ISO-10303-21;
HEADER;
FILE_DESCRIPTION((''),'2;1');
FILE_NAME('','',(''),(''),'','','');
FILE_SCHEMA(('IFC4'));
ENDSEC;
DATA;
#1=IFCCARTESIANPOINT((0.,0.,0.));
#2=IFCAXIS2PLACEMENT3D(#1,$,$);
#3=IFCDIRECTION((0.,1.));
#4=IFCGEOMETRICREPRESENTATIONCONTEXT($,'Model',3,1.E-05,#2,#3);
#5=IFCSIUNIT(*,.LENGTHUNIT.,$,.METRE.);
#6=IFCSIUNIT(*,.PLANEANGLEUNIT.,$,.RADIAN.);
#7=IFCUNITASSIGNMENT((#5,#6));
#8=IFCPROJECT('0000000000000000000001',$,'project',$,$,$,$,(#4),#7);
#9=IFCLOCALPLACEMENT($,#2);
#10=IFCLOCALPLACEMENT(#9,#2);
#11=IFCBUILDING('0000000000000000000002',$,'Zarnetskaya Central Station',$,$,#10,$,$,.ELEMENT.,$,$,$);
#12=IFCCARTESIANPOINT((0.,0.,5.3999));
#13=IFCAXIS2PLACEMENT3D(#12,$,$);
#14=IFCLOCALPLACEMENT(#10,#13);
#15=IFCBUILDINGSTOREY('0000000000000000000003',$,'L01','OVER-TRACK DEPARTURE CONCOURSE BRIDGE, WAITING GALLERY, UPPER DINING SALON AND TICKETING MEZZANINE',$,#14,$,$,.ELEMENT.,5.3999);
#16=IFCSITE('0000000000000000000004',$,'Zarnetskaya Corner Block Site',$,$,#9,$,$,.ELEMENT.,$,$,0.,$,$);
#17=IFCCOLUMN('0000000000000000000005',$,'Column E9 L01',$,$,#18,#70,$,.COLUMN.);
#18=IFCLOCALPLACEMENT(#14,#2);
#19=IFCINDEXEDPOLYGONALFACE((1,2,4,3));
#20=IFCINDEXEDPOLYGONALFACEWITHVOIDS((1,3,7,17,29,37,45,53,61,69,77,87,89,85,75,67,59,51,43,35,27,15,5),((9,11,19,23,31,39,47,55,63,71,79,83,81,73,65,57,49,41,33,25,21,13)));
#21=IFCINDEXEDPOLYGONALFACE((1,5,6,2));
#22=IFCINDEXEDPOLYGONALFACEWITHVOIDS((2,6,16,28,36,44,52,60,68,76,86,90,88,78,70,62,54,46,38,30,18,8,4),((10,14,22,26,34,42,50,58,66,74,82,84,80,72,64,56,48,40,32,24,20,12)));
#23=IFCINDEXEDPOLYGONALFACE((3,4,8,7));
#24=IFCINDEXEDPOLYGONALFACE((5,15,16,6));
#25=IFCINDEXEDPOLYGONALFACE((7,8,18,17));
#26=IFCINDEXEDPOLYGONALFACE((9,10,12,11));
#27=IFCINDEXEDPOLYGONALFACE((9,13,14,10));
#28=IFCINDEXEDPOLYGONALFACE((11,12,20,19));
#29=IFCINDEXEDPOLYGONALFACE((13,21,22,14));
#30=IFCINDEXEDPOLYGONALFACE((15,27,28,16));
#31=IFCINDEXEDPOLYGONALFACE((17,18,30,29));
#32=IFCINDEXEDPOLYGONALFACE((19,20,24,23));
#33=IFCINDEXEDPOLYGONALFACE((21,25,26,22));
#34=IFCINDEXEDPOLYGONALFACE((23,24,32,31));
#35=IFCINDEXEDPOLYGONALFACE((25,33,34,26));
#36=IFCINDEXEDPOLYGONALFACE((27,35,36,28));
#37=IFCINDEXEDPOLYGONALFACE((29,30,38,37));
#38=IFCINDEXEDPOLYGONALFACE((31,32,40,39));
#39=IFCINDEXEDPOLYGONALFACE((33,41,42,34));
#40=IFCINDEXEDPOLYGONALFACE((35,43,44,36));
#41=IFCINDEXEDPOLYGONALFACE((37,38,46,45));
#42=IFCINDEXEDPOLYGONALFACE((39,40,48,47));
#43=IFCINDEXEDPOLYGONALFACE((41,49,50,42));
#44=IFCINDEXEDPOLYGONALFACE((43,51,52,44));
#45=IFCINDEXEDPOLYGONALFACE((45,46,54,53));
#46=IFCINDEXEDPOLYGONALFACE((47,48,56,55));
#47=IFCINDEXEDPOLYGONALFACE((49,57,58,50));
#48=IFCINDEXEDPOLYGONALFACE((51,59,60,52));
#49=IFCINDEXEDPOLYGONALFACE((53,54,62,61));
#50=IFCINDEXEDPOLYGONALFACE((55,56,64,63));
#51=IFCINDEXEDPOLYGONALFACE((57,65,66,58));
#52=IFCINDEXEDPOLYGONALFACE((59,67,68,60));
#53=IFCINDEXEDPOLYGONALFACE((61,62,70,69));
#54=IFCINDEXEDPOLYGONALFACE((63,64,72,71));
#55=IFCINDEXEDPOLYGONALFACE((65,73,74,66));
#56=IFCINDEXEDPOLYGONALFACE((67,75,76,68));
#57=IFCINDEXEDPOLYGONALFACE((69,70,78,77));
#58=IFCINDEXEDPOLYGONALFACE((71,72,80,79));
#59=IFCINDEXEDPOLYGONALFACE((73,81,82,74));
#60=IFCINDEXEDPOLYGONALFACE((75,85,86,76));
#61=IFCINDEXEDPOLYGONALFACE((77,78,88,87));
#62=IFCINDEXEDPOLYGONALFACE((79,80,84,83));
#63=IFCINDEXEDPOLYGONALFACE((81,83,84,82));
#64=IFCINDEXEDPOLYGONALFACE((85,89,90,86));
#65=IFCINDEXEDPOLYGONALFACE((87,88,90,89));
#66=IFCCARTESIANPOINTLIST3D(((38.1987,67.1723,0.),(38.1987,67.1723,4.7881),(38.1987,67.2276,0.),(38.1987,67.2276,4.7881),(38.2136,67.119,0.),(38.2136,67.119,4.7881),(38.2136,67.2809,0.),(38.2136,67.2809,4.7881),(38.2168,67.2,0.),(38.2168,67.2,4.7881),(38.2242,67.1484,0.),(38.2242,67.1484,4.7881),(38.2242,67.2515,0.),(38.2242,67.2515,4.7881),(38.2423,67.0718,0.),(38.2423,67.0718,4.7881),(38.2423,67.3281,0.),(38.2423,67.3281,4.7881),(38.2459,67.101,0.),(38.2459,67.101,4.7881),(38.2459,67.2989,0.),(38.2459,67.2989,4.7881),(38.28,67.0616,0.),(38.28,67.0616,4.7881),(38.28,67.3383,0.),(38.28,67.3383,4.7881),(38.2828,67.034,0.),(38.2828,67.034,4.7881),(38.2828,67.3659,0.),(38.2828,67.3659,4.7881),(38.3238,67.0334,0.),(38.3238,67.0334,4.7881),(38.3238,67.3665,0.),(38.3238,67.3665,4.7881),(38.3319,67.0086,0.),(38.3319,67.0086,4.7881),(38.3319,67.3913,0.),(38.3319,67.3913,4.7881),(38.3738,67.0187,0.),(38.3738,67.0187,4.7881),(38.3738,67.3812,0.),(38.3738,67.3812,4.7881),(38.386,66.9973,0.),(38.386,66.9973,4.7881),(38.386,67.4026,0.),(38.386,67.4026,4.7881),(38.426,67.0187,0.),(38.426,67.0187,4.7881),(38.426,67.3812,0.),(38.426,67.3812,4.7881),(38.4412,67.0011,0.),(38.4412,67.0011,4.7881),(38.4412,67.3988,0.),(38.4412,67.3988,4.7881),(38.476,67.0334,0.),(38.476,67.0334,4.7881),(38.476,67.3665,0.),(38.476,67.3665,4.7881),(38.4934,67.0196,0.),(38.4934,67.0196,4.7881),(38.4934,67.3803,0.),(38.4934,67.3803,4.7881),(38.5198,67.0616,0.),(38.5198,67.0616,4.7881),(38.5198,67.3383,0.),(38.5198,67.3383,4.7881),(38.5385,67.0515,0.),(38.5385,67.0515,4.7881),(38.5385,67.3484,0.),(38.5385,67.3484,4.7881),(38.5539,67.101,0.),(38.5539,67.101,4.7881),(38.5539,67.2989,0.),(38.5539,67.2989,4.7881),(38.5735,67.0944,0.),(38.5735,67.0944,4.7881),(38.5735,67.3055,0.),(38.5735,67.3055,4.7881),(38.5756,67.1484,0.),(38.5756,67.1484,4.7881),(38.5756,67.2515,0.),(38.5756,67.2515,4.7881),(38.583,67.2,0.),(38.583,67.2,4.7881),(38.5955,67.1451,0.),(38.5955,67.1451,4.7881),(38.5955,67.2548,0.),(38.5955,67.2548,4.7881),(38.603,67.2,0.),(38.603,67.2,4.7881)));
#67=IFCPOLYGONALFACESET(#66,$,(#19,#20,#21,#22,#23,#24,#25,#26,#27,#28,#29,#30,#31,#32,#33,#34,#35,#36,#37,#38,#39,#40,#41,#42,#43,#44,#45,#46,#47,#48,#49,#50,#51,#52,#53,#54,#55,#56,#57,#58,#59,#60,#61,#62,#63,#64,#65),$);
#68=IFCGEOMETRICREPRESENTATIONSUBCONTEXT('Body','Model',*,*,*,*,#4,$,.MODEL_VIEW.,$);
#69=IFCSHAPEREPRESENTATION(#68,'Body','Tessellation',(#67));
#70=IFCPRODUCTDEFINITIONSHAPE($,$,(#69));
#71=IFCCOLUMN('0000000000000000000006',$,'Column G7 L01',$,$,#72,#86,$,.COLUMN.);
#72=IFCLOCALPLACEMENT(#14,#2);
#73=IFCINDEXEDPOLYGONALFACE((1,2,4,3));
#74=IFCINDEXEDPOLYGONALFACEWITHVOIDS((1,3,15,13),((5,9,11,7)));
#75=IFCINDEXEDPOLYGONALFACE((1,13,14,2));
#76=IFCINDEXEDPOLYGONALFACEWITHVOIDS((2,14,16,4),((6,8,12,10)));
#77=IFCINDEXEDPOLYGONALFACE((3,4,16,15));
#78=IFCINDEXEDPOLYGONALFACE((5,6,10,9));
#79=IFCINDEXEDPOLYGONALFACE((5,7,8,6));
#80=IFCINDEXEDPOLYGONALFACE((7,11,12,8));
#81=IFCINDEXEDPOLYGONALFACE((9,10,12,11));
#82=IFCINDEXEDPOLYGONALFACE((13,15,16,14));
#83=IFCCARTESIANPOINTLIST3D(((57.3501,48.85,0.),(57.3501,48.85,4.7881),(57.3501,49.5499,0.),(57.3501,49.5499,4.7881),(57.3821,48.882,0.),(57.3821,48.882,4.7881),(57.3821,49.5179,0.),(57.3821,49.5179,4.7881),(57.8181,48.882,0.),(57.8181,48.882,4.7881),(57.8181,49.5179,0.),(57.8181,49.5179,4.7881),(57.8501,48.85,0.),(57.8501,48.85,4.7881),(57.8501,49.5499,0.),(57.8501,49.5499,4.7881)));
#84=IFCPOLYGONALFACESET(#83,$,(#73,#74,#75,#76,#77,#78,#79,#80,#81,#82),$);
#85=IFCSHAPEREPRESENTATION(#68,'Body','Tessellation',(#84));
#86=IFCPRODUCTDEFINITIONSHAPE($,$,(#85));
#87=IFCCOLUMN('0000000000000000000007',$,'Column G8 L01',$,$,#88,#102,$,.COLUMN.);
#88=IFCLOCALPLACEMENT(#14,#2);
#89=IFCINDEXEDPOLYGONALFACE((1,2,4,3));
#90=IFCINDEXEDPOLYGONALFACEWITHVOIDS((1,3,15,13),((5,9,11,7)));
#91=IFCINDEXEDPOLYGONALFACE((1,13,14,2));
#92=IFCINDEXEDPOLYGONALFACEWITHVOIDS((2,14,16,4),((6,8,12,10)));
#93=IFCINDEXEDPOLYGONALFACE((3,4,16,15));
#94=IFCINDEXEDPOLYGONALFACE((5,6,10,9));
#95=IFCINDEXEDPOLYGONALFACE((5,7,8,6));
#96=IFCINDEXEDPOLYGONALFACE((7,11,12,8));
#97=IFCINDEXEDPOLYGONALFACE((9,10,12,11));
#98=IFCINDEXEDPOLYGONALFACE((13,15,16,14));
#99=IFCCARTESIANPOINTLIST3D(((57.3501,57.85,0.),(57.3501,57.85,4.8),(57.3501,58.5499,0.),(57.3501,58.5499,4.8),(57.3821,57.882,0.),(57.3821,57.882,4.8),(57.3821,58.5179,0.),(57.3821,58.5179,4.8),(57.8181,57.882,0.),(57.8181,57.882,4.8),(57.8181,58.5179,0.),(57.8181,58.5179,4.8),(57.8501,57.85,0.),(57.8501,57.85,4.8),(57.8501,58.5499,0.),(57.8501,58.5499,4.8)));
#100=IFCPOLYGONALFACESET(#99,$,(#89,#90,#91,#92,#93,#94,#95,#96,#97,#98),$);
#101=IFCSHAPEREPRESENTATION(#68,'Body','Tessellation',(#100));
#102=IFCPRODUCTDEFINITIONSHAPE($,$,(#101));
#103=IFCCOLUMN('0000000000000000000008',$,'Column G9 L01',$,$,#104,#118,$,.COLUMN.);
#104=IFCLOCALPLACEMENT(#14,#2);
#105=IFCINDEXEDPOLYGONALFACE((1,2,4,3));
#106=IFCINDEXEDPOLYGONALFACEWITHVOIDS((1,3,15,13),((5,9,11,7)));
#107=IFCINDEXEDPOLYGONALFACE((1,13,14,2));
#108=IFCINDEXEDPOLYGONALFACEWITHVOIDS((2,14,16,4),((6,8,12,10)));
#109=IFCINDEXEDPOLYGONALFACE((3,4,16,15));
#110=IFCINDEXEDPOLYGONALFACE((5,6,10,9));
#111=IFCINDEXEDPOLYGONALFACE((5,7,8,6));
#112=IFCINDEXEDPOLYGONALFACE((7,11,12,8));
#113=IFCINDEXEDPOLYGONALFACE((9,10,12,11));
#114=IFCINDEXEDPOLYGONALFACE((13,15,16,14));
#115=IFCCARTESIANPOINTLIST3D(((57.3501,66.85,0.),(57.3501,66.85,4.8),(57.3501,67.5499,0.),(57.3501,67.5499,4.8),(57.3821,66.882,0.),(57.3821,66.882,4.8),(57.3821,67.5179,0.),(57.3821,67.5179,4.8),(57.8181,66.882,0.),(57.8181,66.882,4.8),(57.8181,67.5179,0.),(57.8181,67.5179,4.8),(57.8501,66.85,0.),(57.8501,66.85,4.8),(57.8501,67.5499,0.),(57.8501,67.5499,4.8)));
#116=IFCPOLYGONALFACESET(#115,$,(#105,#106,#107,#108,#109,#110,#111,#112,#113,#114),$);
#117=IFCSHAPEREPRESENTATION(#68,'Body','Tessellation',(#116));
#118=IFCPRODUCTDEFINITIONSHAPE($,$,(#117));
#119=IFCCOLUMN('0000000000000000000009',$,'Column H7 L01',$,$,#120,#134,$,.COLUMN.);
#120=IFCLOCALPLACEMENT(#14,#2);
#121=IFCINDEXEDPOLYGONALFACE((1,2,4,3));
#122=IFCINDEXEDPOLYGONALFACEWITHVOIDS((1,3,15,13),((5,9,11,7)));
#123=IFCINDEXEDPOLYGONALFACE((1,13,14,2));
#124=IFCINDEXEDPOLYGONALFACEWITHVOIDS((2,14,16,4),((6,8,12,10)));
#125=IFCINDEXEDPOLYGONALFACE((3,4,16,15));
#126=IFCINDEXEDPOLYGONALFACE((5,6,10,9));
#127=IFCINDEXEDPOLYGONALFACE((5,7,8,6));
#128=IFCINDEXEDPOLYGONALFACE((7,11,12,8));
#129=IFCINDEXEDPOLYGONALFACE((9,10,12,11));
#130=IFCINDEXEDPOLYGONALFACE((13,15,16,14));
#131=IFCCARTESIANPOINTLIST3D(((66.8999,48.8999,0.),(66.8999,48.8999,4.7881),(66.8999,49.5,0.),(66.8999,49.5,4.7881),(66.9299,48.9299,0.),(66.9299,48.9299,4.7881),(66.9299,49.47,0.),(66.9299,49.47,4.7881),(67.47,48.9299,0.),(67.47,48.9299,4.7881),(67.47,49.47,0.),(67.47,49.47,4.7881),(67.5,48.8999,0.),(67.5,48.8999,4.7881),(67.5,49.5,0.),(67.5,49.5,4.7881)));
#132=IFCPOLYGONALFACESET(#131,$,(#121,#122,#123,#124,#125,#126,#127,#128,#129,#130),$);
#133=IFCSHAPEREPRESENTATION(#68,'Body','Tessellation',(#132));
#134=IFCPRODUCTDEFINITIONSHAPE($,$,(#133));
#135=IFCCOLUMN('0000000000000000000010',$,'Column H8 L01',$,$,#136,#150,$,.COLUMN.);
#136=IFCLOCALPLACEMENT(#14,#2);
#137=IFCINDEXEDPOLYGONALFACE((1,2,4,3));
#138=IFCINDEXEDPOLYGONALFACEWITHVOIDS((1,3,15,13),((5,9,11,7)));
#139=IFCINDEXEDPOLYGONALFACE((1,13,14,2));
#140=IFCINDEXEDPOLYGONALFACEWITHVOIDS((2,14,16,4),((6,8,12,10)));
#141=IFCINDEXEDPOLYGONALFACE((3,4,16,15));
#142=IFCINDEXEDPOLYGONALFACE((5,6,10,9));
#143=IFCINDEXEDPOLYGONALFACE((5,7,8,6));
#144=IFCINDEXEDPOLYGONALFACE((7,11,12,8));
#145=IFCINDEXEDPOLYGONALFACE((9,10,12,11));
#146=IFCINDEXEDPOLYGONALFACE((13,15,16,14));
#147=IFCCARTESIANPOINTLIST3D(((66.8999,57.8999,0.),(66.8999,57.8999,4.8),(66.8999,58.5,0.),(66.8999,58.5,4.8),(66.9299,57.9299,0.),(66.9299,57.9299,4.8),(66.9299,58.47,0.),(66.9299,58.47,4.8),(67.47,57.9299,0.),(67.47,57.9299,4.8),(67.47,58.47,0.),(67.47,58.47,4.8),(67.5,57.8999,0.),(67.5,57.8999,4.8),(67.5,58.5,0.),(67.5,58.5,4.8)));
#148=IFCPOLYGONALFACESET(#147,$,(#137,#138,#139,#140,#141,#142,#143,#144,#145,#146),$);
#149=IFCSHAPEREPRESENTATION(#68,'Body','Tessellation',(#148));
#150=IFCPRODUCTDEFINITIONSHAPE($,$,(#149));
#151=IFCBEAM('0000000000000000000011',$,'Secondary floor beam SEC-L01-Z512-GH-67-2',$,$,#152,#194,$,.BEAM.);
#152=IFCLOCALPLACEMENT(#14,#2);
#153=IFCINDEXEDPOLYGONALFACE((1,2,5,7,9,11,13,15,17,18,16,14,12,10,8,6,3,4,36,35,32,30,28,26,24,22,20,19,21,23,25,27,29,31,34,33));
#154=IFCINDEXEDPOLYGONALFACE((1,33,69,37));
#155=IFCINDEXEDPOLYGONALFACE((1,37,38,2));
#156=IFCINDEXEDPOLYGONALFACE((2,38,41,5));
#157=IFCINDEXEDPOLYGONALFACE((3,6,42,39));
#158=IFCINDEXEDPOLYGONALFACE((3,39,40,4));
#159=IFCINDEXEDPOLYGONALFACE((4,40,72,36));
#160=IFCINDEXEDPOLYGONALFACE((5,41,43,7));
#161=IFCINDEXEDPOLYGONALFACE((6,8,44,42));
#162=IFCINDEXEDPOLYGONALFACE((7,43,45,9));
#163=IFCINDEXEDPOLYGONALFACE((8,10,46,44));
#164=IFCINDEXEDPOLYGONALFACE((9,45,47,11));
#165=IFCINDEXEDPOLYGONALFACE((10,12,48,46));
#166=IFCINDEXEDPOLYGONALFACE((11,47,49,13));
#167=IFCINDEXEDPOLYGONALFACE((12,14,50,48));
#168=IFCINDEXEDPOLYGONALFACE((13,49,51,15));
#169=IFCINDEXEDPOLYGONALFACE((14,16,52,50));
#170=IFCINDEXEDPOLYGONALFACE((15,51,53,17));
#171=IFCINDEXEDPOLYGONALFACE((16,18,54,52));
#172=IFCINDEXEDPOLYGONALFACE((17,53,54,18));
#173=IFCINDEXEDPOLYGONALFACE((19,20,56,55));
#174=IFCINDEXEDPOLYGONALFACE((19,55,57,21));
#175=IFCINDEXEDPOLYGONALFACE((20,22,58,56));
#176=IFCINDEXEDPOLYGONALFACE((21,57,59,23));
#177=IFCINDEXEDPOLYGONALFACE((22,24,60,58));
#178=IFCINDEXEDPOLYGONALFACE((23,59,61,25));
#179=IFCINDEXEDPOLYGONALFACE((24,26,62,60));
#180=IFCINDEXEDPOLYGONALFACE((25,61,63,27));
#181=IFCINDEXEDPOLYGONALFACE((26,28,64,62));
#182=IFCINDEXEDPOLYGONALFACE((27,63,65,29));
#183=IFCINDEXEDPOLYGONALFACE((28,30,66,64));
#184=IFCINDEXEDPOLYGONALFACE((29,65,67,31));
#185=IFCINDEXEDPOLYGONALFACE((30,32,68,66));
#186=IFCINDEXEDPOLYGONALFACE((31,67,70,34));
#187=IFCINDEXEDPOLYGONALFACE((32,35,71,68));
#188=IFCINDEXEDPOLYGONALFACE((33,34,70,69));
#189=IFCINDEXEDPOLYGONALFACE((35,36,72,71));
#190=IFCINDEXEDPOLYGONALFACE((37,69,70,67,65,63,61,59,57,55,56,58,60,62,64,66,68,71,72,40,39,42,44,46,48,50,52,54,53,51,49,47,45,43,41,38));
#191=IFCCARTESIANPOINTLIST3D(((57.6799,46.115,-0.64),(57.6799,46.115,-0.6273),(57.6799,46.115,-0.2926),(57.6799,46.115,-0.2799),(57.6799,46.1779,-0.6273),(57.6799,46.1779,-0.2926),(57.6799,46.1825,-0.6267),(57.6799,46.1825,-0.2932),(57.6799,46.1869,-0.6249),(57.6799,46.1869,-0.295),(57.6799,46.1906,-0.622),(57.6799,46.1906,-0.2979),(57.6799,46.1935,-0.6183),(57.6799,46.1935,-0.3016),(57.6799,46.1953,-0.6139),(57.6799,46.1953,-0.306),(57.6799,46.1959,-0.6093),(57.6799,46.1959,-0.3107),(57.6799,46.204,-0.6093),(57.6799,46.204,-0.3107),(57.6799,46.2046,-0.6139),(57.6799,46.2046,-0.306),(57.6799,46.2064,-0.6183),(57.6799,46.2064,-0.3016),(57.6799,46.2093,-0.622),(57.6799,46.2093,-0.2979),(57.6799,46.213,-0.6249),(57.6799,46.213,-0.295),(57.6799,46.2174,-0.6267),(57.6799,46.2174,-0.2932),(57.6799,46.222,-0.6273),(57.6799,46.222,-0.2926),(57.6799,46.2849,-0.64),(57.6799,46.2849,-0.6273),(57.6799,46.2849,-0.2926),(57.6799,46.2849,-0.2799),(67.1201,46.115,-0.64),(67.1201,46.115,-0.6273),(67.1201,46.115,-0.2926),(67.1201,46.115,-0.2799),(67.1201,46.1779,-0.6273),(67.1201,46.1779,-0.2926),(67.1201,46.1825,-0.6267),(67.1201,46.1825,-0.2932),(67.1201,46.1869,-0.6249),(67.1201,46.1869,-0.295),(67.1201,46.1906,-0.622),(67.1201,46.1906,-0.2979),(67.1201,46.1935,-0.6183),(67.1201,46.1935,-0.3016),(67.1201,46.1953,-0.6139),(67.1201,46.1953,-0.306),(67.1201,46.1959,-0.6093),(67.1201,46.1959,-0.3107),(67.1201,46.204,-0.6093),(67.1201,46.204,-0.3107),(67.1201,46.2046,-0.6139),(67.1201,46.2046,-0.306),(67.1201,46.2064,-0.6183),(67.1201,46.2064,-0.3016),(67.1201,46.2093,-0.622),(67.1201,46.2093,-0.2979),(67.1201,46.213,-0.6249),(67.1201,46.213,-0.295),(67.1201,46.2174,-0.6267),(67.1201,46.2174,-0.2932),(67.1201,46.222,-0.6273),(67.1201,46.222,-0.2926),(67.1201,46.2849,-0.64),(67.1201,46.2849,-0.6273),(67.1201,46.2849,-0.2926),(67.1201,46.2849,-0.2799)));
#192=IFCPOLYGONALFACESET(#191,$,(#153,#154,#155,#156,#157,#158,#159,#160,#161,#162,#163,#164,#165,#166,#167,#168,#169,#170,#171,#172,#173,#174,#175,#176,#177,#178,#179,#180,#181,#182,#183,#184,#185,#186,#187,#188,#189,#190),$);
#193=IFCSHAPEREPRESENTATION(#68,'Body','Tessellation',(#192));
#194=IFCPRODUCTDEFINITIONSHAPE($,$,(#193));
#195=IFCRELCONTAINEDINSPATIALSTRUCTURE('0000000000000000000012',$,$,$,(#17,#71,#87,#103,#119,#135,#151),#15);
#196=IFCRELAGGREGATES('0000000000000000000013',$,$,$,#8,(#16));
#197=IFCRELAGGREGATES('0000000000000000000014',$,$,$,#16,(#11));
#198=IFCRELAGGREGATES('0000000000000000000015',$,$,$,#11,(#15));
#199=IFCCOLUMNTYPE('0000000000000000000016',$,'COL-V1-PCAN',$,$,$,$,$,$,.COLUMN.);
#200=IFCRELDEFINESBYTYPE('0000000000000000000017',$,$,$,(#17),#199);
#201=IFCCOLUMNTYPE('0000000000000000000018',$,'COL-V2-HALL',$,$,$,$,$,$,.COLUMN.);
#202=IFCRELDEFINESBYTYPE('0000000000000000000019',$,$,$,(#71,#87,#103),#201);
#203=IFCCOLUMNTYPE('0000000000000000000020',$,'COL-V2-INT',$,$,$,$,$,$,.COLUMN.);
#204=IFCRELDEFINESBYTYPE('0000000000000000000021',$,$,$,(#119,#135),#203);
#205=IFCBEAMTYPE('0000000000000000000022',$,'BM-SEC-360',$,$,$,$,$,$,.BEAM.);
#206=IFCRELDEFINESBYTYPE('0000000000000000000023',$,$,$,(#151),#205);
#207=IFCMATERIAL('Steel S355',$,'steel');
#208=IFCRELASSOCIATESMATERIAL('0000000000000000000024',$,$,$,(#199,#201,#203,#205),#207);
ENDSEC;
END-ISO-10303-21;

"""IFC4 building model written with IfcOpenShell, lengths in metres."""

from ifc_helpers import new_model, si_unit, direction, frame, origin, origin_2d, place, context, subcontext, project, spatial, hollow_rectangle, hollow_circle, i_section, extrude, material, material_profile, profile_set, type_object, element, save


model = new_model("IFC4")

# Units and contexts
model_context = context("Model", 3, precision=1e-05, world=origin(), true_north=direction((0.0, 1.0)))
body_context = subcontext(model_context, "Body", "Model", "MODEL_VIEW")
ifc_project = project(units=[si_unit("LENGTHUNIT", "METRE"), si_unit("PLANEANGLEUNIT", "RADIAN")], contexts=[model_context])

# Site, building, storey
site_placement = place(None, origin())
site = spatial("IfcSite", under=ifc_project, at=site_placement, Name="Zarnetskaya Corner Block Site", CompositionType="ELEMENT", RefElevation=0.0)
building_placement = place(site_placement, origin())
building = spatial("IfcBuilding", under=site, at=building_placement, Name="Zarnetskaya Central Station", CompositionType="ELEMENT")
storey_placement = place(building_placement, frame((0.0, 0.0, 5.3999)))
storey = spatial("IfcBuildingStorey", under=building, at=storey_placement, Name="L01", Description="OVER-TRACK DEPARTURE CONCOURSE BRIDGE, WAITING GALLERY, UPPER DINING SALON AND TICKETING MEZZANINE", CompositionType="ELEMENT", Elevation=5.3999)

# Columns
ifc_material_1 = material(Name="Steel S355", Category="steel")
ifc_material_profile_1 = material_profile(ifc_material_1, hollow_circle(Radius=0.2031, WallThickness=0.02, at=origin_2d()), Name="CHS 406.4x20")
ifc_profile_set_1 = profile_set([ifc_material_profile_1], Name="Steel S355")
column_type_1 = type_object("IfcColumnType", Name="COL-V1-PCAN", PredefinedType="COLUMN", material=ifc_profile_set_1)
column_1_placement = place(storey_placement, frame((38.3999, 67.2, 0.0), z_axis=(0.0, 0.0, 1.0), x_axis=(1.0, 0.0, 0.0)))
element("IfcColumn", 1, at=column_1_placement, inside=storey, type_object=column_type_1, Name="Column E9 L01", PredefinedType="COLUMN", context=body_context, shape_type="SweptSolid", body=[
    extrude(hollow_circle(Radius=0.2031, WallThickness=0.02, at=origin_2d()), origin(), (0.0, 0.0, 1.0), 4.7881),
])
ifc_material_profile_2 = material_profile(ifc_material_1, hollow_rectangle(XDim=0.5, YDim=0.7, WallThickness=0.032, at=origin_2d()), Name="BOX 700x500x32")
ifc_profile_set_2 = profile_set([ifc_material_profile_2], Name="Steel S355")
column_type_2 = type_object("IfcColumnType", Name="COL-V2-HALL", PredefinedType="COLUMN", material=ifc_profile_set_2)
column_2_placement = place(storey_placement, frame((57.6001, 49.2, 0.0), z_axis=(0.0, 0.0, 1.0), x_axis=(1.0, 0.0, 0.0)))
element("IfcColumn", 2, at=column_2_placement, inside=storey, type_object=column_type_2, Name="Column G7 L01", PredefinedType="COLUMN", context=body_context, shape_type="SweptSolid", body=[
    extrude(hollow_rectangle(XDim=0.5, YDim=0.7, WallThickness=0.032, at=origin_2d()), origin(), (0.0, 0.0, 1.0), 4.7881),
])
for number, where, z_axis, x_axis, name in (
    (3, (57.6001, 58.2, 0.0), (0.0, 0.0, 1.0), (1.0, 0.0, 0.0), "Column G8 L01"),
    (4, (57.6001, 67.2, 0.0), (0.0, 0.0, 1.0), (1.0, 0.0, 0.0), "Column G9 L01"),
):
    element("IfcColumn", number, at=place(storey_placement, frame(where, z_axis=z_axis, x_axis=x_axis)), inside=storey, type_object=column_type_2, Name=name, PredefinedType="COLUMN", context=body_context, shape_type="SweptSolid", body=[
        extrude(hollow_rectangle(XDim=0.5, YDim=0.7, WallThickness=0.032, at=origin_2d()), origin(), (0.0, 0.0, 1.0), 4.8),
    ])
ifc_material_profile_3 = material_profile(ifc_material_1, hollow_rectangle(XDim=0.6001, YDim=0.6001, WallThickness=0.03, at=origin_2d()), Name="BOX 600x600x30")
ifc_profile_set_3 = profile_set([ifc_material_profile_3], Name="Steel S355")
column_type_3 = type_object("IfcColumnType", Name="COL-V2-INT", PredefinedType="COLUMN", material=ifc_profile_set_3)
column_3_placement = place(storey_placement, frame((67.2, 49.2, 0.0), z_axis=(0.0, 0.0, 1.0), x_axis=(1.0, 0.0, 0.0)))
element("IfcColumn", 5, at=column_3_placement, inside=storey, type_object=column_type_3, Name="Column H7 L01", PredefinedType="COLUMN", context=body_context, shape_type="SweptSolid", body=[
    extrude(hollow_rectangle(XDim=0.6001, YDim=0.6001, WallThickness=0.03, at=origin_2d()), origin(), (0.0, 0.0, 1.0), 4.7881),
])
column_4_placement = place(storey_placement, frame((67.2, 58.2, 0.0), z_axis=(0.0, 0.0, 1.0), x_axis=(1.0, 0.0, 0.0)))
element("IfcColumn", 6, at=column_4_placement, inside=storey, type_object=column_type_3, Name="Column H8 L01", PredefinedType="COLUMN", context=body_context, shape_type="SweptSolid", body=[
    extrude(hollow_rectangle(XDim=0.6001, YDim=0.6001, WallThickness=0.03, at=origin_2d()), origin(), (0.0, 0.0, 1.0), 4.8),
])

# Beam
ifc_material_profile_4 = material_profile(ifc_material_1, i_section(OverallWidth=0.1699, OverallDepth=0.3601, WebThickness=0.0081, FlangeThickness=0.0127, FilletRadius=0.0181, at=origin_2d()), Name="IPE 360")
ifc_profile_set_4 = profile_set([ifc_material_profile_4], Name="Steel S355")
beam_type_1 = type_object("IfcBeamType", Name="BM-SEC-360", PredefinedType="BEAM", material=ifc_profile_set_4)
for number, where, z_axis, x_axis, name in (
    (7, (57.6799, 46.2, -0.46), (1.0, 0.0, 0.0), (0.0, 1.0, 0.0), "Secondary floor beam SEC-L01-Z512-GH-67-2"),
):
    element("IfcBeam", number, at=place(storey_placement, frame(where, z_axis=z_axis, x_axis=x_axis)), inside=storey, type_object=beam_type_1, Name=name, PredefinedType="BEAM", context=body_context, shape_type="SweptSolid", body=[
        extrude(i_section(OverallWidth=0.1699, OverallDepth=0.3601, WebThickness=0.0081, FlangeThickness=0.0127, FilletRadius=0.0181, at=origin_2d()), origin(), (0.0, 0.0, 1.0), 9.4402),
    ])

save(model, "model.ifc")
